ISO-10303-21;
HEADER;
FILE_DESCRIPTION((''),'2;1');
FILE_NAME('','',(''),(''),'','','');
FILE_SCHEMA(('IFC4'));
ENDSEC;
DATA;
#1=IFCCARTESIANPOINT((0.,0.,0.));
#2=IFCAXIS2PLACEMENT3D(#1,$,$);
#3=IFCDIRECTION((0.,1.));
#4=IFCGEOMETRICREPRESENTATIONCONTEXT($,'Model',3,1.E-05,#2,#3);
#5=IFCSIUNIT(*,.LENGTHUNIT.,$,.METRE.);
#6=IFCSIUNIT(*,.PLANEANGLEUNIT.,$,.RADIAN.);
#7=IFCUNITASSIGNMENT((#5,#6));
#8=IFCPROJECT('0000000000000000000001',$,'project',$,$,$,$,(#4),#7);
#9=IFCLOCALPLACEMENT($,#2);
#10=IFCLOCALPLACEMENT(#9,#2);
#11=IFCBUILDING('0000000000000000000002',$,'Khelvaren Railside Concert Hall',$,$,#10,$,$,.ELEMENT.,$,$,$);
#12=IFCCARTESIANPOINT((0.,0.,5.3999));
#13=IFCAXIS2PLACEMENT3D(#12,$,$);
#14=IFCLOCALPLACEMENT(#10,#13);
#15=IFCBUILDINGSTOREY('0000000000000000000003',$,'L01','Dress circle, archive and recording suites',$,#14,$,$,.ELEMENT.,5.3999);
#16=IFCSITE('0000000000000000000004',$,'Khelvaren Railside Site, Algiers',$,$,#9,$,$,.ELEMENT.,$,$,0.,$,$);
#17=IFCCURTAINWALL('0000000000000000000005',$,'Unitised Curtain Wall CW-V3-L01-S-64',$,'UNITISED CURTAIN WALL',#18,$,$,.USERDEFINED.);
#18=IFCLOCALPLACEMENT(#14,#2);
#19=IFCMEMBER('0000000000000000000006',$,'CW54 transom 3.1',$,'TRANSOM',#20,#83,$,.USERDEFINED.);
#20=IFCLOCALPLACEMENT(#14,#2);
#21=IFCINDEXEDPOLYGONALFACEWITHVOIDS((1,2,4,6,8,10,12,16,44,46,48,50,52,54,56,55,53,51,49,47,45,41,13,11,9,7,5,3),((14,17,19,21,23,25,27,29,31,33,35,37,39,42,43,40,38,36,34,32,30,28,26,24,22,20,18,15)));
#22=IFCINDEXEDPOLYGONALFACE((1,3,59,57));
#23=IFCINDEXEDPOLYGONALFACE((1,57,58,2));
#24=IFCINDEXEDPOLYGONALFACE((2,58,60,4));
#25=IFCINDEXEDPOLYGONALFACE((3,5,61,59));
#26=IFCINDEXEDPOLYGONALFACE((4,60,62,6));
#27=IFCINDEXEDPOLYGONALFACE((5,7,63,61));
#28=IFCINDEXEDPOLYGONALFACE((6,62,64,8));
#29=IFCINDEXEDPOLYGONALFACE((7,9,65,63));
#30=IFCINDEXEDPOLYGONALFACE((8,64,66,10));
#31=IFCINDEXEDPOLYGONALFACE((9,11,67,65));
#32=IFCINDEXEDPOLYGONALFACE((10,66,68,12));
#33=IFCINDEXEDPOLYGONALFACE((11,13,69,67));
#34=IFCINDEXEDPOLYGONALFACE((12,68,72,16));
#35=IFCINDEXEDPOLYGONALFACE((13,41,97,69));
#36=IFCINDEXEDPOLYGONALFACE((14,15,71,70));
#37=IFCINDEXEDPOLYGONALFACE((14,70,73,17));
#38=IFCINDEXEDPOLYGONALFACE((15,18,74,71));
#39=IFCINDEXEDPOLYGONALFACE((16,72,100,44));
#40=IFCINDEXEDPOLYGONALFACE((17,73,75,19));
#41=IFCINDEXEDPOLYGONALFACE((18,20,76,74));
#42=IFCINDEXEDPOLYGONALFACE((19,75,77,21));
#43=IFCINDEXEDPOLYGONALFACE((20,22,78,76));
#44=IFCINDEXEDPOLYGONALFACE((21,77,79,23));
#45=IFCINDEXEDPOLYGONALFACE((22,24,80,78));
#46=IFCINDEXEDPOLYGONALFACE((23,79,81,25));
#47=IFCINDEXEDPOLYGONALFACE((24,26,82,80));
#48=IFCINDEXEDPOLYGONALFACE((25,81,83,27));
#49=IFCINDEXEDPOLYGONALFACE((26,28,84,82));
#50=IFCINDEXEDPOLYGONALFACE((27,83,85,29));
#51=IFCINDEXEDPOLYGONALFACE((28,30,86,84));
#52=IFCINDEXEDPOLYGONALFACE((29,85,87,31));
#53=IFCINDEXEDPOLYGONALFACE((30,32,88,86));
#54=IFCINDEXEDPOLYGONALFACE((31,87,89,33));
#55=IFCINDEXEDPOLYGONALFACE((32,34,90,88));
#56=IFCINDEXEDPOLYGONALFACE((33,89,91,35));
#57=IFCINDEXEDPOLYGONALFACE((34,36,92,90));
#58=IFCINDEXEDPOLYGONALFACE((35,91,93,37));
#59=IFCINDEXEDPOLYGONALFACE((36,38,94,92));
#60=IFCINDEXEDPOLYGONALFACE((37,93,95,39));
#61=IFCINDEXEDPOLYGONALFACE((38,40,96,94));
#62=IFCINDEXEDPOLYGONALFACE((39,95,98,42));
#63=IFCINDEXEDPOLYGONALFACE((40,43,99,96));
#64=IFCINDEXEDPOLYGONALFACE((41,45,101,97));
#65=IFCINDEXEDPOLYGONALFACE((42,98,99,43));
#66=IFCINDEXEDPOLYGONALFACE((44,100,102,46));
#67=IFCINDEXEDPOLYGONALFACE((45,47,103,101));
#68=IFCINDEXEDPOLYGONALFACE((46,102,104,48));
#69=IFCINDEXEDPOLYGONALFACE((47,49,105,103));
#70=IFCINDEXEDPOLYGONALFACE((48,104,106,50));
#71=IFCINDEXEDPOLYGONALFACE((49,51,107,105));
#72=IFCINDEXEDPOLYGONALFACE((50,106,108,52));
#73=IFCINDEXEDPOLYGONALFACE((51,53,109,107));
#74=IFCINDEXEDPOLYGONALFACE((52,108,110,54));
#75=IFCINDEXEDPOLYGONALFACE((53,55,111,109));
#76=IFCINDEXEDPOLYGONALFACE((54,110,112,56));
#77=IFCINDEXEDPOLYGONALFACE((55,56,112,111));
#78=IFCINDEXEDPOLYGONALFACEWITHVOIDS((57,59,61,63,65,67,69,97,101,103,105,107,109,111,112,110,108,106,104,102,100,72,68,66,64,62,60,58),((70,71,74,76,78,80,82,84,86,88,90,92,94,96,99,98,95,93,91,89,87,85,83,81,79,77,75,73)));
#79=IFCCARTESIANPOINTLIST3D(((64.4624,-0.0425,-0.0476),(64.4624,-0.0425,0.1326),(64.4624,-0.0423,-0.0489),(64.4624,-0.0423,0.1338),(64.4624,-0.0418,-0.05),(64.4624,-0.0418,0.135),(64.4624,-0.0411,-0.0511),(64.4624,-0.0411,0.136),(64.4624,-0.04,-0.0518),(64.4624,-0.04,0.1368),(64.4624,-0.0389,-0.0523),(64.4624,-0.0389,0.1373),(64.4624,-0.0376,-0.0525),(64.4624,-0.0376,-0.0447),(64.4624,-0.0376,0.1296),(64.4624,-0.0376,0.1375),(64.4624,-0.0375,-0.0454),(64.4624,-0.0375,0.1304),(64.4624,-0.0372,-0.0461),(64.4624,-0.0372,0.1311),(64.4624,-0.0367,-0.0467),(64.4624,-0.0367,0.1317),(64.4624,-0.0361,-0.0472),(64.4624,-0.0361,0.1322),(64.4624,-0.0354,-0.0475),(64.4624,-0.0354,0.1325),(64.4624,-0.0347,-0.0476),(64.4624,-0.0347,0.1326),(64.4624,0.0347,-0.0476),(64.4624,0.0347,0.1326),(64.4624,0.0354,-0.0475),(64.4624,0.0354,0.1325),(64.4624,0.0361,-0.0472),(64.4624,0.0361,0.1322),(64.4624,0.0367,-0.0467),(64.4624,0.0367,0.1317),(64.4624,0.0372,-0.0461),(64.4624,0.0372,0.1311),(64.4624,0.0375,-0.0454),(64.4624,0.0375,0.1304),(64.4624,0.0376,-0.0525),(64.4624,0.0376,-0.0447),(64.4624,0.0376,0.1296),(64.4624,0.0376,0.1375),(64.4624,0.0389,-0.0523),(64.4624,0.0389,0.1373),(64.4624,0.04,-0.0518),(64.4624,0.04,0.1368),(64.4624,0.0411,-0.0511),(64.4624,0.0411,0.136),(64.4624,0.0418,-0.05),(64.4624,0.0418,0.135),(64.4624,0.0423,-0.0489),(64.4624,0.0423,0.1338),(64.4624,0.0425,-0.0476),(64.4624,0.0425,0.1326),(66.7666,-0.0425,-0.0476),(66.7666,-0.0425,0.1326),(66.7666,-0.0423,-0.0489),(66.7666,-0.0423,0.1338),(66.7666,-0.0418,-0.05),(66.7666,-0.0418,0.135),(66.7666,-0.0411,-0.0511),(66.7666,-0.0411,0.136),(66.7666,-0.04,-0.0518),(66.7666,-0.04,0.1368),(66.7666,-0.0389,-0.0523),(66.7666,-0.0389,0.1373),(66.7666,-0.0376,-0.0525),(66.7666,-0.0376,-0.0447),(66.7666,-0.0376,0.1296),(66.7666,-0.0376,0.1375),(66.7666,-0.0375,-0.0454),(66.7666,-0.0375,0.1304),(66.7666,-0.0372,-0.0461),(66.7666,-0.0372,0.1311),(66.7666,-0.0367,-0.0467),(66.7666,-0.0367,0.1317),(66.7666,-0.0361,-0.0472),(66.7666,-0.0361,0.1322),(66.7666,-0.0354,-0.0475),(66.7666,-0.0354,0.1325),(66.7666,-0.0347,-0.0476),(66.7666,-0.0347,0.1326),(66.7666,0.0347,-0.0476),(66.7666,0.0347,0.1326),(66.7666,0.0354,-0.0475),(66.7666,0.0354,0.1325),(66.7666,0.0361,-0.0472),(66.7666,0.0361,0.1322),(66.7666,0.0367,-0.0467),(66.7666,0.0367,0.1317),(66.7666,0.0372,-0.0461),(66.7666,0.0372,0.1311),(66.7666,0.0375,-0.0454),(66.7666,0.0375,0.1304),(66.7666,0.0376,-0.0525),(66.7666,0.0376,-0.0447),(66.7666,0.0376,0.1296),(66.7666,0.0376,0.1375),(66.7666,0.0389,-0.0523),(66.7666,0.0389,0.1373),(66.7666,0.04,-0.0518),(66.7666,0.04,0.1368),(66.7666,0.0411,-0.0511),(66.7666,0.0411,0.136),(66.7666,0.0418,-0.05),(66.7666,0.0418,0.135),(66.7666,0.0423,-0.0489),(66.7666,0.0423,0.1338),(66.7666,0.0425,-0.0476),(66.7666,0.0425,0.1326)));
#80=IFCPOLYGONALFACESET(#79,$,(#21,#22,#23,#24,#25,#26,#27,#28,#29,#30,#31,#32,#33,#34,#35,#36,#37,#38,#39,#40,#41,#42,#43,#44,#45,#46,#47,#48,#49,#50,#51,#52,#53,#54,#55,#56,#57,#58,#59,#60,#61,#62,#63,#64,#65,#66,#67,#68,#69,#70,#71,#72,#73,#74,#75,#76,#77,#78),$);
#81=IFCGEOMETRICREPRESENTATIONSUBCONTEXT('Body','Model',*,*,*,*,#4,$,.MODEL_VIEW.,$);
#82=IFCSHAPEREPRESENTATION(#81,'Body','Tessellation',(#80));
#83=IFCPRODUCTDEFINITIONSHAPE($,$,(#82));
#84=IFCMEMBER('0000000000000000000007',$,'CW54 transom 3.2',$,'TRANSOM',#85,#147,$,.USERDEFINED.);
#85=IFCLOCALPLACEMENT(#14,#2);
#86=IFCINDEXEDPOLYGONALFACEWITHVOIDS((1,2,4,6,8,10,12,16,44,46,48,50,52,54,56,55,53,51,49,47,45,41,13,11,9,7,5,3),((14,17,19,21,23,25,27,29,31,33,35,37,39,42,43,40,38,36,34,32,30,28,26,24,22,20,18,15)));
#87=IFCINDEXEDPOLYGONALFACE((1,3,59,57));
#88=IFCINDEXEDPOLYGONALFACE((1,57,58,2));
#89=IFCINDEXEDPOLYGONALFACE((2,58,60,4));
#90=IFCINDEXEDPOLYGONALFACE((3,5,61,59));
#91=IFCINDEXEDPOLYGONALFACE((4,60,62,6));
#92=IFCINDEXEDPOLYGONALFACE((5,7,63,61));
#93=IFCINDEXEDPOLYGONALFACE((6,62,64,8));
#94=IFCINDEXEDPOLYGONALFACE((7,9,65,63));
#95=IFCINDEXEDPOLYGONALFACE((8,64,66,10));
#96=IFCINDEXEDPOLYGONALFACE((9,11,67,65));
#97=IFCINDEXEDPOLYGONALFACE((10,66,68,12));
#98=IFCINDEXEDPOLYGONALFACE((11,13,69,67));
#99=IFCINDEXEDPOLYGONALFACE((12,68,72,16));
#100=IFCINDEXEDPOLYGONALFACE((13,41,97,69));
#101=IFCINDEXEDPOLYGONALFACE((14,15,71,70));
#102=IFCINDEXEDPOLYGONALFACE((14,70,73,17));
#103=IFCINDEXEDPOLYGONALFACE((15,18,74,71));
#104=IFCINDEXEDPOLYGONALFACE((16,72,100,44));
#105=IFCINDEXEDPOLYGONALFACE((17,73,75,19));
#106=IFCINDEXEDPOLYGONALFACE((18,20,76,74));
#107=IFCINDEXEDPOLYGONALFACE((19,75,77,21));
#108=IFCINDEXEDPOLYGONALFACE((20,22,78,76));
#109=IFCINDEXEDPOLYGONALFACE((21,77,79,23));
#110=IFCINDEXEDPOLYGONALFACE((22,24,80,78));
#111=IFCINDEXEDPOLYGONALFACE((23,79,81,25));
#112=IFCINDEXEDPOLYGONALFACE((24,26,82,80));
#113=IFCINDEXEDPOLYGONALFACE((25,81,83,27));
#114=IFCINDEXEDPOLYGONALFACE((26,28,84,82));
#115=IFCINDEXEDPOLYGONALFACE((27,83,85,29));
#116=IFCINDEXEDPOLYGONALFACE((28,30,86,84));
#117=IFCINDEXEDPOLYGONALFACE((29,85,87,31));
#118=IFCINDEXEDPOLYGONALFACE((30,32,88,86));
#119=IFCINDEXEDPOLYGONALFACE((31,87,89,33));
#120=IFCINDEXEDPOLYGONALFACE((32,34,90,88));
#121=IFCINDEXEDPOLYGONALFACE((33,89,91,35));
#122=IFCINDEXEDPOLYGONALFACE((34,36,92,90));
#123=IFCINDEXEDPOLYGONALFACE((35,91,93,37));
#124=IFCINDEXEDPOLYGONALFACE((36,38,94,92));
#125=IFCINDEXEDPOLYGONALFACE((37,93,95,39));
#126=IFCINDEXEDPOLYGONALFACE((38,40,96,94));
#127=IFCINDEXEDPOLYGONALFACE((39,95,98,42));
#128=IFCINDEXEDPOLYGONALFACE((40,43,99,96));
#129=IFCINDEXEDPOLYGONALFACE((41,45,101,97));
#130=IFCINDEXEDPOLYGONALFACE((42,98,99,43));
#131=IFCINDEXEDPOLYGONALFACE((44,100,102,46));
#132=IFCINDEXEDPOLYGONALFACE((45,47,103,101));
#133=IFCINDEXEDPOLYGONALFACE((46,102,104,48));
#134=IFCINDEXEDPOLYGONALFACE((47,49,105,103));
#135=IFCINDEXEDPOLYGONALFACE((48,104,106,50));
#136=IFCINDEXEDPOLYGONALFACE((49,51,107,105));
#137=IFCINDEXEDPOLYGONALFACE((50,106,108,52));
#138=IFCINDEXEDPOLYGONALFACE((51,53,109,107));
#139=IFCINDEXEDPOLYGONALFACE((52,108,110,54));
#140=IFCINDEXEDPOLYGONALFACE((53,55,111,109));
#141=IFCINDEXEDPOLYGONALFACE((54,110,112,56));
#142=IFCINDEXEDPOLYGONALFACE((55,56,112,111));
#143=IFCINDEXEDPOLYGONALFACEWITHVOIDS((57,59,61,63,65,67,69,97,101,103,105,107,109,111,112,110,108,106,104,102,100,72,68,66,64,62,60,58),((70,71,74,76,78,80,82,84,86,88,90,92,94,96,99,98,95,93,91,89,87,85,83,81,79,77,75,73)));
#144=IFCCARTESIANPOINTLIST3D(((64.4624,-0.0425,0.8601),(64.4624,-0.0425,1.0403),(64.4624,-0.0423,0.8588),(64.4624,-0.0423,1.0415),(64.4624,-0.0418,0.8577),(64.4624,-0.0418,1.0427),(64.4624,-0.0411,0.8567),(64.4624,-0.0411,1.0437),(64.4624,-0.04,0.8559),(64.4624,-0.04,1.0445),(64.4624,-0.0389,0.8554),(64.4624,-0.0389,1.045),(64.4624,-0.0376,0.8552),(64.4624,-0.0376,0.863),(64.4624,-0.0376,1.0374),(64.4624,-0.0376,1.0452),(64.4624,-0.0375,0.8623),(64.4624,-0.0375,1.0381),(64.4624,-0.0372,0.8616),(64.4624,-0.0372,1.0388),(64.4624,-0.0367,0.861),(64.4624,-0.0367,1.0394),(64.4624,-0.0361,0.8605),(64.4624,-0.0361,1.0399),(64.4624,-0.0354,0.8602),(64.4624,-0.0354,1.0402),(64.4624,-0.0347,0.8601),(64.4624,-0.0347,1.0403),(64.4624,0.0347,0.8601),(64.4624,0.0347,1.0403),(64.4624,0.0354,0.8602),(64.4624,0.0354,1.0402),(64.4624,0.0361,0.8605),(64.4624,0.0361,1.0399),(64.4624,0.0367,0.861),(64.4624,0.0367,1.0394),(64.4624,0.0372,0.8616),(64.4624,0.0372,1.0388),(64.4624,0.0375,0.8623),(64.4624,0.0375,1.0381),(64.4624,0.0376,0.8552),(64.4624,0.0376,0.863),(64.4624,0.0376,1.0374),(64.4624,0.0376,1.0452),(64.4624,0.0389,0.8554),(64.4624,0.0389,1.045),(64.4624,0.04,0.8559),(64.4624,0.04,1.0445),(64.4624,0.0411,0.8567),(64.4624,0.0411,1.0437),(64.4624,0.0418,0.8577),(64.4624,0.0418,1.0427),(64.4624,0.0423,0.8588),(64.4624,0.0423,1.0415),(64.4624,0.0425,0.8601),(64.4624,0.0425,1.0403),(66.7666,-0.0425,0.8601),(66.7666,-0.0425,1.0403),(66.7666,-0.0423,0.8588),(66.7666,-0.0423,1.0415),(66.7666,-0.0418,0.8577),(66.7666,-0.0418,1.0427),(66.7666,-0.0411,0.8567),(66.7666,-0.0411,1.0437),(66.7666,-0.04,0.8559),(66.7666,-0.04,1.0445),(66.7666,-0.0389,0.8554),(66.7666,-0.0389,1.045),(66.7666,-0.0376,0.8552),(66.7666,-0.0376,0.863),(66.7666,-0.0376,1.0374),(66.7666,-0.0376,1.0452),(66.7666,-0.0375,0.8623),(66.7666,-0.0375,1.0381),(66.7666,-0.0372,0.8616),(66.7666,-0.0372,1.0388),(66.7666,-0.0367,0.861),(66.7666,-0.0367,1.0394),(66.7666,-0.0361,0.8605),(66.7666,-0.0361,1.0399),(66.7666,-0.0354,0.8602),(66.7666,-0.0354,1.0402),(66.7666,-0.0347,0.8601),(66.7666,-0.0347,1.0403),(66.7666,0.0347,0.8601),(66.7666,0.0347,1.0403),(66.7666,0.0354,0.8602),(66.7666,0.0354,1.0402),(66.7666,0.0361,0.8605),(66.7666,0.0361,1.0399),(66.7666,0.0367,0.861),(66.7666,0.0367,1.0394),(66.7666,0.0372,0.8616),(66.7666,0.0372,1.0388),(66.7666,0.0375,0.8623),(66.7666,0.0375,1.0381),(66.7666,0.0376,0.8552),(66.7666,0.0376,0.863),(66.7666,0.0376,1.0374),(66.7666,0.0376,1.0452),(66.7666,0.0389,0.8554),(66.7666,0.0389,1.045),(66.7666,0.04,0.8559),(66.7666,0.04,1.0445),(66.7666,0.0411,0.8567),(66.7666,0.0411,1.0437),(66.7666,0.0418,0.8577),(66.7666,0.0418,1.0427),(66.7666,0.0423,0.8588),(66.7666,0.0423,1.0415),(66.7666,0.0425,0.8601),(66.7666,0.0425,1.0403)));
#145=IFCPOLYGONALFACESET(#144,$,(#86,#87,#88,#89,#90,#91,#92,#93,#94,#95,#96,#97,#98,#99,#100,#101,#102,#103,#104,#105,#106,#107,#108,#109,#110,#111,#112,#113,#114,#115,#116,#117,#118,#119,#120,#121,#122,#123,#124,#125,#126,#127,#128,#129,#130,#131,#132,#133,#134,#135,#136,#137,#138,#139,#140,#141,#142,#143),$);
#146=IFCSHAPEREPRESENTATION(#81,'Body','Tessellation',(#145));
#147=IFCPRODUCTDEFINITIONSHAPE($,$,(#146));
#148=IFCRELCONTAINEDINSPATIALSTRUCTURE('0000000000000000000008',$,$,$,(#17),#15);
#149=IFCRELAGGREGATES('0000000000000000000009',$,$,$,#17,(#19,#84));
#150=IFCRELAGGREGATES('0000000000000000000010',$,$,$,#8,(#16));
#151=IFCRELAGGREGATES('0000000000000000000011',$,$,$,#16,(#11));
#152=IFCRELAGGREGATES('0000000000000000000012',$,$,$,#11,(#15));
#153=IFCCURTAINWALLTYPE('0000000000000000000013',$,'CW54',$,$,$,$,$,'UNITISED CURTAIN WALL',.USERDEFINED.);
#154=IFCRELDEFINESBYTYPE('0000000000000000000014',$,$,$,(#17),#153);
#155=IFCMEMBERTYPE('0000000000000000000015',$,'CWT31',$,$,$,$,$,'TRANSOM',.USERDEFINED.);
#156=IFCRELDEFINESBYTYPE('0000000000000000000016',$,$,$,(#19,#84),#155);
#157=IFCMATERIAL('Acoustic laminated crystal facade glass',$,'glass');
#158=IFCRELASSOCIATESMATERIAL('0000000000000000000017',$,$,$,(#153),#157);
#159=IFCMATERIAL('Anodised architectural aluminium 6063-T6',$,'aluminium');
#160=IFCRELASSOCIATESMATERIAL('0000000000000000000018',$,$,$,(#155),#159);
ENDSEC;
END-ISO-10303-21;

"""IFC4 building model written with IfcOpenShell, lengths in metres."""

from ifc_helpers import new_model, si_unit, direction, frame, origin, origin_2d, place, context, subcontext, project, spatial, hollow_rectangle, extrude, material, material_profile, profile_set, type_object, element, aggregate, save


model = new_model("IFC4")

# Units and contexts
model_context = context("Model", 3, precision=1e-05, world=origin(), true_north=direction((0.0, 1.0)))
body_context = subcontext(model_context, "Body", "Model", "MODEL_VIEW")
ifc_project = project(units=[si_unit("LENGTHUNIT", "METRE"), si_unit("PLANEANGLEUNIT", "RADIAN")], contexts=[model_context])

# Site, building, storey
site_placement = place(None, origin())
site = spatial("IfcSite", under=ifc_project, at=site_placement, Name="Khelvaren Railside Site, Algiers", CompositionType="ELEMENT", RefElevation=0.0)
building_placement = place(site_placement, origin())
building = spatial("IfcBuilding", under=site, at=building_placement, Name="Khelvaren Railside Concert Hall", CompositionType="ELEMENT")
storey_placement = place(building_placement, frame((0.0, 0.0, 5.3999)))
storey = spatial("IfcBuildingStorey", under=building, at=storey_placement, Name="L01", Description="Dress circle, archive and recording suites", CompositionType="ELEMENT", Elevation=5.3999)

# Curtain wall, members
ifc_material_1 = material(Name="Acoustic laminated crystal facade glass", Category="glass")
curtain_wall_type = type_object("IfcCurtainWallType", Name="CW54", ElementType="UNITISED CURTAIN WALL", PredefinedType="USERDEFINED", material=ifc_material_1)
curtain_wall_placement = place(storey_placement, origin())
curtain_wall = element("IfcCurtainWall", 1, at=curtain_wall_placement, inside=storey, type_object=curtain_wall_type, Name="Unitised Curtain Wall CW-V3-L01-S-64", ObjectType="UNITISED CURTAIN WALL", PredefinedType="USERDEFINED")
ifc_material_2 = material(Name="Anodised architectural aluminium 6063-T6", Category="aluminium")
ifc_material_profile_1 = material_profile(ifc_material_2, hollow_rectangle(XDim=0.085, YDim=0.1899, WallThickness=0.0049, InnerFilletRadius=0.0029, OuterFilletRadius=0.0049, at=origin_2d()), Name="CWT 85x190x5")
ifc_profile_set_1 = profile_set([ifc_material_profile_1], Name="Anodised architectural aluminium 6063-T6")
member_type_1 = type_object("IfcMemberType", Name="CWT31", ElementType="TRANSOM", PredefinedType="USERDEFINED", material=ifc_profile_set_1)
member_1_placement = place(storey_placement, frame((66.7666, 0.0, 0.0425), z_axis=(-1.0, 0.0, 0.0), x_axis=(0.0, -1.0, 0.0)))
member_1 = element("IfcMember", 2, at=member_1_placement, type_object=member_type_1, Name="CW54 transom 3.1", ObjectType="TRANSOM", PredefinedType="USERDEFINED", context=body_context, shape_type="SweptSolid", body=[
    extrude(hollow_rectangle(XDim=0.085, YDim=0.1899, WallThickness=0.0049, InnerFilletRadius=0.0029, OuterFilletRadius=0.0049, at=origin_2d()), origin(), (0.0, 0.0, 1.0), 2.3042),
])
member_2_placement = place(storey_placement, frame((66.7666, 0.0, 0.9502), z_axis=(-1.0, 0.0, 0.0), x_axis=(0.0, -1.0, 0.0)))
member_2 = element("IfcMember", 3, at=member_2_placement, type_object=member_type_1, Name="CW54 transom 3.2", ObjectType="TRANSOM", PredefinedType="USERDEFINED", context=body_context, shape_type="SweptSolid", body=[
    extrude(hollow_rectangle(XDim=0.085, YDim=0.1899, WallThickness=0.0049, InnerFilletRadius=0.0029, OuterFilletRadius=0.0049, at=origin_2d()), origin(), (0.0, 0.0, 1.0), 2.3042),
])

aggregate(curtain_wall, [member_1, member_2])

save(model, "model.ifc")
